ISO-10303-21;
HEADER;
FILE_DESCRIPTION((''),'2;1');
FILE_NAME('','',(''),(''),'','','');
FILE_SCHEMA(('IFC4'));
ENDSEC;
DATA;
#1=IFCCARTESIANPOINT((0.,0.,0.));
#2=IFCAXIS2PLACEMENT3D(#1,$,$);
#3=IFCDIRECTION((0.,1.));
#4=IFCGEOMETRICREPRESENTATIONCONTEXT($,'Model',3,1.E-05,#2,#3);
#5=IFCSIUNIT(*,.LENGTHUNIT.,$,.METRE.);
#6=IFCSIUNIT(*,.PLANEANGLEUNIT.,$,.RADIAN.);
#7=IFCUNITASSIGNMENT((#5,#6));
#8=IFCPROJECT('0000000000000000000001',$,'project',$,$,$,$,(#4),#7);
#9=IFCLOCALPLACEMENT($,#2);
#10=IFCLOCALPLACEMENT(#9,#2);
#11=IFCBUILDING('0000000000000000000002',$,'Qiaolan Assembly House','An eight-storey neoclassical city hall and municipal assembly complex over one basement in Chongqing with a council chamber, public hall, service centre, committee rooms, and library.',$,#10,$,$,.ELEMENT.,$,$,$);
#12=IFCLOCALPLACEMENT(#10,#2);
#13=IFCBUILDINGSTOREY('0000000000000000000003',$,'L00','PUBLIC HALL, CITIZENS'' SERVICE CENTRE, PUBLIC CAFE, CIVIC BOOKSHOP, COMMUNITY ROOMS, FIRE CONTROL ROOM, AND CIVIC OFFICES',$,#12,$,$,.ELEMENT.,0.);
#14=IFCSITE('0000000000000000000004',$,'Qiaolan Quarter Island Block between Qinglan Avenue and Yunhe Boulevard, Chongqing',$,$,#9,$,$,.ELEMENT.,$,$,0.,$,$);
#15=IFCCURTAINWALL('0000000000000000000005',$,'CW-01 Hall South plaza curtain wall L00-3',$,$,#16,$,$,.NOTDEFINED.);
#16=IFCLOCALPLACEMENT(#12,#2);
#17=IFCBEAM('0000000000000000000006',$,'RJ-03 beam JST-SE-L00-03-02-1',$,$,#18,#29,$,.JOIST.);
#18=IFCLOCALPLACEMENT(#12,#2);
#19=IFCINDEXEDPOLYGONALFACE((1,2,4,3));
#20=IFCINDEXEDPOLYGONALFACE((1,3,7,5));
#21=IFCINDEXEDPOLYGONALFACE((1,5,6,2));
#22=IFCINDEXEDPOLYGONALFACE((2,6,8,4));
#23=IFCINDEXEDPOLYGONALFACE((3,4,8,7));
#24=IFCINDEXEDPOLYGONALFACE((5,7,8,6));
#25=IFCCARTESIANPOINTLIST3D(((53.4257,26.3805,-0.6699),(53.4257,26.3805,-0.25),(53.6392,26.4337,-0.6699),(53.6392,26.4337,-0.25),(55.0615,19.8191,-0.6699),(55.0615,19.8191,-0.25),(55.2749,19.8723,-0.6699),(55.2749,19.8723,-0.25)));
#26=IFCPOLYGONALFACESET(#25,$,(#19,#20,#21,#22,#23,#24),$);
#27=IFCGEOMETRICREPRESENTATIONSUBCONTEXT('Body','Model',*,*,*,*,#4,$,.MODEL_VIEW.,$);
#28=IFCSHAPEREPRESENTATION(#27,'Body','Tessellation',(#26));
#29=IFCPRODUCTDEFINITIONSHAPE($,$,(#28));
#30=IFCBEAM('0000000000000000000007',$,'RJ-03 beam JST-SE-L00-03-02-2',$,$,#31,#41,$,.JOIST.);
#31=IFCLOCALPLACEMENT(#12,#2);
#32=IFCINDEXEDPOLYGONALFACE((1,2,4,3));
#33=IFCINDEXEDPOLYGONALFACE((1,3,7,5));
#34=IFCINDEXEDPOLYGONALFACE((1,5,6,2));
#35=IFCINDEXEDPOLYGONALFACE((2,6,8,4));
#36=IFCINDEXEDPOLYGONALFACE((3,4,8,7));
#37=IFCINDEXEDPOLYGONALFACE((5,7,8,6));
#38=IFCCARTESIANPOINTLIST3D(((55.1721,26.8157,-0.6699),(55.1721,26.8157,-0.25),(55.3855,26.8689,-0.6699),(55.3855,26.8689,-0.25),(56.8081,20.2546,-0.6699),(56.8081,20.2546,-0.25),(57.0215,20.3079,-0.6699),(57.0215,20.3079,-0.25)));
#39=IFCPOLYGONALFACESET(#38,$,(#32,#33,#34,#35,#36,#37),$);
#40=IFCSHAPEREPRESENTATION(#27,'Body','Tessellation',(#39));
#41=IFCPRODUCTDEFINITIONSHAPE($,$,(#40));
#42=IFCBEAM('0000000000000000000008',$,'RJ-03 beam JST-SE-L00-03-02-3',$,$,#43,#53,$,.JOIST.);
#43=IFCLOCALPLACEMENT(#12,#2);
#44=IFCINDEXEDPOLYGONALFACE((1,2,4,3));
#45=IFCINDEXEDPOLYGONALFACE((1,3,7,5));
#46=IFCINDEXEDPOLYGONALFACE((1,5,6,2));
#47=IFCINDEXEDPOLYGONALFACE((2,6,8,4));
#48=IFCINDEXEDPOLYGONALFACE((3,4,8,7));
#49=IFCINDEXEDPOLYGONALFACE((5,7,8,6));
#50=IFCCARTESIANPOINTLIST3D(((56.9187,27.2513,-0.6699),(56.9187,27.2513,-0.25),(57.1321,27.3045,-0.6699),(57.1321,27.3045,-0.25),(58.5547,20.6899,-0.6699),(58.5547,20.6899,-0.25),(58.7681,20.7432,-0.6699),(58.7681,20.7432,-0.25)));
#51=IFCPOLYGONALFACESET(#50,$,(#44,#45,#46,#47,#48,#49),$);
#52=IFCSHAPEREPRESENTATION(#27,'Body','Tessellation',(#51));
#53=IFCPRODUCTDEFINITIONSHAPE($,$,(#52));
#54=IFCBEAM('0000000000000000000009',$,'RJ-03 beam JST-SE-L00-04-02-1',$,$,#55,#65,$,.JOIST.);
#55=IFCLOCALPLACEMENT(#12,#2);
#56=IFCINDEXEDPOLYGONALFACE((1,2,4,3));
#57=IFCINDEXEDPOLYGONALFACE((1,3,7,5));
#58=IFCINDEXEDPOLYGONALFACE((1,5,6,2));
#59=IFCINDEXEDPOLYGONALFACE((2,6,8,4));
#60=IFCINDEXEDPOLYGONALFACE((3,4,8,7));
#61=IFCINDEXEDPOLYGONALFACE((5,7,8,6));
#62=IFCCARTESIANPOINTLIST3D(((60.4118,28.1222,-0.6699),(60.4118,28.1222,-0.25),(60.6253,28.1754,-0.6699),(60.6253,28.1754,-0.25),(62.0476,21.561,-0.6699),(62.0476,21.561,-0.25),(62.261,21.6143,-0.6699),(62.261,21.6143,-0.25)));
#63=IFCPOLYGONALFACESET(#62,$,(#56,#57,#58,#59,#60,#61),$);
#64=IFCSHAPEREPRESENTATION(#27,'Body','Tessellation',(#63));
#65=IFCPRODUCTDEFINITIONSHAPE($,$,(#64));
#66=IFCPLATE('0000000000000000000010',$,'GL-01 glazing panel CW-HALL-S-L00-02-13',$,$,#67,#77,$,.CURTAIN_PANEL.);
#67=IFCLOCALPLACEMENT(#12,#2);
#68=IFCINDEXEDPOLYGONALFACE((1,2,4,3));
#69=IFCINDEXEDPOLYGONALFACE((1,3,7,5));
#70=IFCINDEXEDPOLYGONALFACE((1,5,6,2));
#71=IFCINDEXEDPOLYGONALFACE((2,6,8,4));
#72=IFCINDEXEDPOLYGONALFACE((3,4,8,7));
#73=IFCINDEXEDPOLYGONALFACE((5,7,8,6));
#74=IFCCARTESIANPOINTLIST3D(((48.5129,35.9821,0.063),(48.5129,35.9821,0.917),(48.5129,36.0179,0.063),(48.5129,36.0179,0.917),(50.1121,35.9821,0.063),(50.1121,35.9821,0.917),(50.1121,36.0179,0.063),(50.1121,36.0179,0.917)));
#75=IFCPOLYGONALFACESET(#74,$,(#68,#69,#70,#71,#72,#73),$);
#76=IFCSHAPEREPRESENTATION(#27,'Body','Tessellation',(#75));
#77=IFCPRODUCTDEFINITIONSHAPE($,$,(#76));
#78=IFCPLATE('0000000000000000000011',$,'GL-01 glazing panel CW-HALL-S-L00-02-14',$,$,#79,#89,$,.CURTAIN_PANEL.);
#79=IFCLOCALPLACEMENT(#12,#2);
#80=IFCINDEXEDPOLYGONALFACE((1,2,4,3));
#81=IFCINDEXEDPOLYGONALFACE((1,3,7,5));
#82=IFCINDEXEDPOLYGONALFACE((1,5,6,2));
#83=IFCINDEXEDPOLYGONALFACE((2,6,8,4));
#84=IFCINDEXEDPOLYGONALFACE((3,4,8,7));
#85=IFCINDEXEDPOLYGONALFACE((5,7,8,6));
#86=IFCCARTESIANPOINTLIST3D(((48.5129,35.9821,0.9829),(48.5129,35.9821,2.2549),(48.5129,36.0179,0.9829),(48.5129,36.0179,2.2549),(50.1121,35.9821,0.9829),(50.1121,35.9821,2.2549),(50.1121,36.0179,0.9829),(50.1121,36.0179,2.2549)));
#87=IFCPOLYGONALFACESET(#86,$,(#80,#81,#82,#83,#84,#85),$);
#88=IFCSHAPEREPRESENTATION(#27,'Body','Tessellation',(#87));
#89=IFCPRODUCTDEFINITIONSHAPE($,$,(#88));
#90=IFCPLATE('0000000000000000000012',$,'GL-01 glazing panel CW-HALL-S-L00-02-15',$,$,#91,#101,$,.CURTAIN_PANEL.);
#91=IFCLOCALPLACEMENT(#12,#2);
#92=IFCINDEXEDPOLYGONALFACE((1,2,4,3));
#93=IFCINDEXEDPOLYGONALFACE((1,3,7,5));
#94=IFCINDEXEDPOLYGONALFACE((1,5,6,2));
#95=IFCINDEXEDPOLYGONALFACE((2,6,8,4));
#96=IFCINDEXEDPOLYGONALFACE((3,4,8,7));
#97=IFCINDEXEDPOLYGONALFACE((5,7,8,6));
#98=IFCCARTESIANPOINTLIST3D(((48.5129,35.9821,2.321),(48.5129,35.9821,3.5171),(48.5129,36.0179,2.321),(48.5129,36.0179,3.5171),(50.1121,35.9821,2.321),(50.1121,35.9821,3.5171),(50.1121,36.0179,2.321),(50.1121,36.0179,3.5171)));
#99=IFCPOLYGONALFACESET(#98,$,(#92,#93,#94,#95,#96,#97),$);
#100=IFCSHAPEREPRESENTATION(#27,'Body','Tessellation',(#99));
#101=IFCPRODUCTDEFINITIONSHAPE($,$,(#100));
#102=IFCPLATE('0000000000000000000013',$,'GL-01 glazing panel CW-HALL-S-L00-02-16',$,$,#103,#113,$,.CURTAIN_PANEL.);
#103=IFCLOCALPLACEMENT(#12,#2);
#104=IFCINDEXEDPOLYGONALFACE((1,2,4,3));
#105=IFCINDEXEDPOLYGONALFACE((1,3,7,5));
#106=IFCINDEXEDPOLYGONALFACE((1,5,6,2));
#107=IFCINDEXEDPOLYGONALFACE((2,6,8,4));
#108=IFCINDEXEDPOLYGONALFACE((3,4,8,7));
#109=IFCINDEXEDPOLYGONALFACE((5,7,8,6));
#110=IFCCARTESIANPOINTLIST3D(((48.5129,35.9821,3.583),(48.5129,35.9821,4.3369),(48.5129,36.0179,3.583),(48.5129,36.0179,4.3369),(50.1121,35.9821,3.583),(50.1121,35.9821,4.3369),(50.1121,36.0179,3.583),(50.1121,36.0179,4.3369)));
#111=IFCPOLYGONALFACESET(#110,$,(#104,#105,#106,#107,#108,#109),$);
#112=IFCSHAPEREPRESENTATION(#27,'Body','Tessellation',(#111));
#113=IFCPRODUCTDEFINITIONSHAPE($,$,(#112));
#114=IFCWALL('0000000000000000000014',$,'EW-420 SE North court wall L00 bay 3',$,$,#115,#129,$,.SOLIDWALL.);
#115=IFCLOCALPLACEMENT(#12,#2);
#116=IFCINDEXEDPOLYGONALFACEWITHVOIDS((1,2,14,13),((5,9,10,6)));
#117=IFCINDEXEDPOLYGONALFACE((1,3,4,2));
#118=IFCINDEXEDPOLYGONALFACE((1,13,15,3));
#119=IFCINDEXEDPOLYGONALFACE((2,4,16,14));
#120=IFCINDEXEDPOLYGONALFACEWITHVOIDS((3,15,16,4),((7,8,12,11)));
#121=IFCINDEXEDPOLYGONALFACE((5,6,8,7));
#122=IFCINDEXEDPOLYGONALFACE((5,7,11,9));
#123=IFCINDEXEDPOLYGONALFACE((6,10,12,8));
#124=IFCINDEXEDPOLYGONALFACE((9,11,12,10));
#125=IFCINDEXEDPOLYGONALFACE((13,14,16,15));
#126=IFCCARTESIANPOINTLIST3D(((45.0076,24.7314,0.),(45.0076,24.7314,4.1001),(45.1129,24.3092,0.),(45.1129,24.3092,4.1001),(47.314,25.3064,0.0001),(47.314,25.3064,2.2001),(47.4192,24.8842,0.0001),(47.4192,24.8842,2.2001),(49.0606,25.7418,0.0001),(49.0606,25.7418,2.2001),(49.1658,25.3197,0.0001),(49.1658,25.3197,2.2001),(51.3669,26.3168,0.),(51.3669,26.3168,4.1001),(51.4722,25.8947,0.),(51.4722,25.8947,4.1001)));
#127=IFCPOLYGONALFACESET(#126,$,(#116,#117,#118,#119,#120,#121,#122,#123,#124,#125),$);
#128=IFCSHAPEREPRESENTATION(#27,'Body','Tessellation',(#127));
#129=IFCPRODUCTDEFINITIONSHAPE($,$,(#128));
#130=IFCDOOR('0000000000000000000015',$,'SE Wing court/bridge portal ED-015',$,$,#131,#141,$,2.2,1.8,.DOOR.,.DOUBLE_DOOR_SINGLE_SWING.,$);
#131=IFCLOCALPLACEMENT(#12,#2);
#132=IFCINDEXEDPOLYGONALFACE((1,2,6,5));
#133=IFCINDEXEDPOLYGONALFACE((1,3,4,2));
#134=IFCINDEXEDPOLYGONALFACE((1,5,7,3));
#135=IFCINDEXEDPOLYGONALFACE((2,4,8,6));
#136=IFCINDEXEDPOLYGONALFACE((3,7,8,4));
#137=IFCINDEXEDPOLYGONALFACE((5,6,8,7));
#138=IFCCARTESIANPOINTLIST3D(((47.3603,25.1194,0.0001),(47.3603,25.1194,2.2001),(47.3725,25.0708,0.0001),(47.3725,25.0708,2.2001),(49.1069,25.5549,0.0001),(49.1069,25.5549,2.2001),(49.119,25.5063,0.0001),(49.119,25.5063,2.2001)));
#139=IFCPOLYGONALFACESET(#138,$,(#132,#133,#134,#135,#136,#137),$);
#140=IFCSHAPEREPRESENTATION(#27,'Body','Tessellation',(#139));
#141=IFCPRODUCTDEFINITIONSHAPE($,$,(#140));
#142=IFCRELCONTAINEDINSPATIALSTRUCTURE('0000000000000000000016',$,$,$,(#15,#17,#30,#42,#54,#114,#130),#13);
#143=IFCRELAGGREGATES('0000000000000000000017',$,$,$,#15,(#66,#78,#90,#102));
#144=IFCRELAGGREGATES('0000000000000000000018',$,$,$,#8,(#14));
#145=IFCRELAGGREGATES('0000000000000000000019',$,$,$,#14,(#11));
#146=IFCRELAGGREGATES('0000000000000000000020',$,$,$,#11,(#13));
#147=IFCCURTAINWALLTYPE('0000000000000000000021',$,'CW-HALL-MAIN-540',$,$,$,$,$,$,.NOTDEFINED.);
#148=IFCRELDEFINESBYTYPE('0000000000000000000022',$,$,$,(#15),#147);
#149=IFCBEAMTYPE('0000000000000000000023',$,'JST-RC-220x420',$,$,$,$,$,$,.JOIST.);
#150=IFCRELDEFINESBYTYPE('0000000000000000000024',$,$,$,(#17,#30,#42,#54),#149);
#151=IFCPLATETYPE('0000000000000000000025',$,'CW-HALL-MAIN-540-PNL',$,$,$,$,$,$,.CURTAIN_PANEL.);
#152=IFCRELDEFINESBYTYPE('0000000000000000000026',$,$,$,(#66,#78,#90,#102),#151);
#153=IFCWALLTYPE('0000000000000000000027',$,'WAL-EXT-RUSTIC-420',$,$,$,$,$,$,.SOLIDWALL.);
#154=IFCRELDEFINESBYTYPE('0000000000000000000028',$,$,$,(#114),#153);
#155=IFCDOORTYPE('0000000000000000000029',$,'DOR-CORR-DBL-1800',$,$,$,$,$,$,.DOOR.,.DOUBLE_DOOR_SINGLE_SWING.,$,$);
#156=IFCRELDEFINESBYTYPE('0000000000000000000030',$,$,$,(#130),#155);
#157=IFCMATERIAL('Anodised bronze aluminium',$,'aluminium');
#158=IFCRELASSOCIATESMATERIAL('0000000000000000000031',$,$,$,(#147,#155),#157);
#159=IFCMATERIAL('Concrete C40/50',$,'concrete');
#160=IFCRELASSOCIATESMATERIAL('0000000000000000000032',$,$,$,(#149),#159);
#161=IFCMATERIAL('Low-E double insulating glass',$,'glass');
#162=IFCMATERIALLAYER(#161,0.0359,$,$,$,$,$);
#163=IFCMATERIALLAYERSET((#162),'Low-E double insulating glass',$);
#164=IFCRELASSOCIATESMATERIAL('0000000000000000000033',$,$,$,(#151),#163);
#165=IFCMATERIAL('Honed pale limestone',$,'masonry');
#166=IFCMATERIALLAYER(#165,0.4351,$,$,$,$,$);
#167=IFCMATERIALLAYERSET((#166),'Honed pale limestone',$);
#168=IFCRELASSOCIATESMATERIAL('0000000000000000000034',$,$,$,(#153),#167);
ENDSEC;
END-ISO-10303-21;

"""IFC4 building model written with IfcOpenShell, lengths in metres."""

from ifc_helpers import new_model, si_unit, direction, frame, frame_2d, origin, origin_2d, place, context, subcontext, project, spatial, rectangle, extrude, material, layer, layer_set, material_profile, profile_set, type_object, element, fill, aggregate, save


model = new_model("IFC4")

# Units and contexts
model_context = context("Model", 3, precision=1e-05, world=origin(), true_north=direction((0.0, 1.0)))
body_context = subcontext(model_context, "Body", "Model", "MODEL_VIEW")
ifc_project = project(units=[si_unit("LENGTHUNIT", "METRE"), si_unit("PLANEANGLEUNIT", "RADIAN")], contexts=[model_context])

# Site, building, storey
site_placement = place(None, origin())
site = spatial("IfcSite", under=ifc_project, at=site_placement, Name="Qiaolan Quarter Island Block between Qinglan Avenue and Yunhe Boulevard, Chongqing", CompositionType="ELEMENT", RefElevation=0.0)
building_placement = place(site_placement, origin())
building = spatial("IfcBuilding", under=site, at=building_placement, Name="Qiaolan Assembly House", Description="An eight-storey neoclassical city hall and municipal assembly complex over one basement in Chongqing with a council chamber, public hall, service centre, committee rooms, and library.", CompositionType="ELEMENT")
storey_placement = place(building_placement, origin())
storey = spatial("IfcBuildingStorey", under=building, at=storey_placement, Name="L00", Description="PUBLIC HALL, CITIZENS' SERVICE CENTRE, PUBLIC CAFE, CIVIC BOOKSHOP, COMMUNITY ROOMS, FIRE CONTROL ROOM, AND CIVIC OFFICES", CompositionType="ELEMENT", Elevation=0.0)

# Shared definitions
ifc_material_1 = material(Name="Concrete C40/50", Category="concrete")

# Curtain wall
ifc_material_2 = material(Name="Anodised bronze aluminium", Category="aluminium")
curtain_wall_type = type_object("IfcCurtainWallType", Name="CW-HALL-MAIN-540", PredefinedType="NOTDEFINED", material=ifc_material_2)
curtain_wall_placement = place(storey_placement, origin())
curtain_wall = element("IfcCurtainWall", 1, at=curtain_wall_placement, inside=storey, type_object=curtain_wall_type, Name="CW-01 Hall South plaza curtain wall L00-3", PredefinedType="NOTDEFINED")

# Beams
ifc_material_profile_1 = material_profile(ifc_material_1, rectangle(XDim=0.22, YDim=0.4199, at=origin_2d()), Name="RCB 220x420")
ifc_profile_set_1 = profile_set([ifc_material_profile_1], Name="Concrete C40/50")
beam_type_1 = type_object("IfcBeamType", Name="JST-RC-220x420", PredefinedType="JOIST", material=ifc_profile_set_1)
beam_1_placement = place(storey_placement, frame((55.1682, 19.8457, -0.46), z_axis=(-0.241898, 0.970302, 0.0), x_axis=(-0.970302, -0.241898, 0.0)))
element("IfcBeam", 2, at=beam_1_placement, inside=storey, type_object=beam_type_1, Name="RJ-03 beam JST-SE-L00-03-02-1", PredefinedType="JOIST", context=body_context, shape_type="SweptSolid", body=[
    extrude(rectangle(XDim=0.22, YDim=0.4199, at=origin_2d()), origin(), (0.0, 0.0, 1.0), 6.7622),
])
beam_2_placement = place(storey_placement, frame((56.9148, 20.2812, -0.46), z_axis=(-0.241941, 0.970291, 0.0), x_axis=(-0.970291, -0.241941, 0.0)))
element("IfcBeam", 3, at=beam_2_placement, inside=storey, type_object=beam_type_1, Name="RJ-03 beam JST-SE-L00-03-02-2", PredefinedType="JOIST", context=body_context, shape_type="SweptSolid", body=[
    extrude(rectangle(XDim=0.22, YDim=0.4199, at=origin_2d()), origin(), (0.0, 0.0, 1.0), 6.762),
])
beam_3_placement = place(storey_placement, frame((58.6614, 20.7166, -0.46), z_axis=(-0.241932, 0.970293, 0.0), x_axis=(-0.970293, -0.241932, 0.0)))
element("IfcBeam", 4, at=beam_3_placement, inside=storey, type_object=beam_type_1, Name="RJ-03 beam JST-SE-L00-03-02-3", PredefinedType="JOIST", context=body_context, shape_type="SweptSolid", body=[
    extrude(rectangle(XDim=0.22, YDim=0.4199, at=origin_2d()), origin(), (0.0, 0.0, 1.0), 6.7622),
])
beam_4_placement = place(storey_placement, frame((62.1543, 21.5876, -0.46), z_axis=(-0.241907, 0.970299, 0.0), x_axis=(-0.970299, -0.241907, 0.0)))
element("IfcBeam", 5, at=beam_4_placement, inside=storey, type_object=beam_type_1, Name="RJ-03 beam JST-SE-L00-04-02-1", PredefinedType="JOIST", context=body_context, shape_type="SweptSolid", body=[
    extrude(rectangle(XDim=0.22, YDim=0.4199, at=origin_2d()), origin(), (0.0, 0.0, 1.0), 6.762),
])

# Plates
ifc_material_3 = material(Name="Low-E double insulating glass", Category="glass")
ifc_layer_1 = layer(ifc_material_3, 0.0359)
ifc_layer_set_1 = layer_set([ifc_layer_1], Name="Low-E double insulating glass")
plate_type = type_object("IfcPlateType", Name="CW-HALL-MAIN-540-PNL", PredefinedType="CURTAIN_PANEL", material=ifc_layer_set_1)
plate_1_placement = place(storey_placement, frame((48.5129, 36.0, 0.063), z_axis=(0.0, 0.0, 1.0), x_axis=(1.0, 0.0, 0.0)))
plate_1 = element("IfcPlate", 6, at=plate_1_placement, type_object=plate_type, Name="GL-01 glazing panel CW-HALL-S-L00-02-13", PredefinedType="CURTAIN_PANEL", context=body_context, shape_type="SweptSolid", body=[
    extrude(rectangle(XDim=1.5991, YDim=0.0359, at=frame_2d((0.7996, 0.0))), origin(), (0.0, 0.0, 1.0), 0.854),
])
plate_2_placement = place(storey_placement, frame((48.5129, 36.0, 0.9829), z_axis=(0.0, 0.0, 1.0), x_axis=(1.0, 0.0, 0.0)))
plate_2 = element("IfcPlate", 7, at=plate_2_placement, type_object=plate_type, Name="GL-01 glazing panel CW-HALL-S-L00-02-14", PredefinedType="CURTAIN_PANEL", context=body_context, shape_type="SweptSolid", body=[
    extrude(rectangle(XDim=1.5991, YDim=0.0359, at=frame_2d((0.7996, 0.0))), origin(), (0.0, 0.0, 1.0), 1.272),
])
plate_3_placement = place(storey_placement, frame((48.5129, 36.0, 2.321), z_axis=(0.0, 0.0, 1.0), x_axis=(1.0, 0.0, 0.0)))
plate_3 = element("IfcPlate", 8, at=plate_3_placement, type_object=plate_type, Name="GL-01 glazing panel CW-HALL-S-L00-02-15", PredefinedType="CURTAIN_PANEL", context=body_context, shape_type="SweptSolid", body=[
    extrude(rectangle(XDim=1.5991, YDim=0.0359, at=frame_2d((0.7996, 0.0))), origin(), (0.0, 0.0, 1.0), 1.196),
])
plate_4_placement = place(storey_placement, frame((48.5129, 36.0, 3.583), z_axis=(0.0, 0.0, 1.0), x_axis=(1.0, 0.0, 0.0)))
plate_4 = element("IfcPlate", 9, at=plate_4_placement, type_object=plate_type, Name="GL-01 glazing panel CW-HALL-S-L00-02-16", PredefinedType="CURTAIN_PANEL", context=body_context, shape_type="SweptSolid", body=[
    extrude(rectangle(XDim=1.5991, YDim=0.0359, at=frame_2d((0.7996, 0.0))), origin(), (0.0, 0.0, 1.0), 0.7539),
])
aggregate(curtain_wall, [plate_1, plate_2, plate_3, plate_4])

# Wall, opening, door
ifc_material_4 = material(Name="Honed pale limestone", Category="masonry")
ifc_layer_2 = layer(ifc_material_4, 0.4351)
ifc_layer_set_2 = layer_set([ifc_layer_2], Name="Honed pale limestone")
wall_type_1 = type_object("IfcWallType", Name="WAL-EXT-RUSTIC-420", PredefinedType="SOLIDWALL", material=ifc_layer_set_2)
wall_1_placement = place(storey_placement, frame((51.4194, 26.1057, 0.0), z_axis=(0.0, 0.0, 1.0), x_axis=(-0.9703, -0.241905, 0.0)))
wall_1 = element("IfcWall", 10, at=wall_1_placement, inside=storey, type_object=wall_type_1, Name="EW-420 SE North court wall L00 bay 3", PredefinedType="SOLIDWALL", context=body_context, shape_type="SweptSolid", body=[
    extrude(rectangle(XDim=6.554, YDim=0.4351, at=frame_2d((3.2769, 0.0))), origin(), (0.0, 0.0, 1.0), 4.1001),
])
opening_1_placement = place(wall_1_placement, frame((2.377, 0.0, 0.0)))
opening_1 = element("IfcOpeningElement", 11, at=opening_1_placement, cuts=wall_1, PredefinedType="OPENING", context=body_context, shape_type="SweptSolid", body=[
    extrude(rectangle(XDim=1.8, YDim=2.2, at=frame_2d((0.8999, 1.1001))), frame((0.0, 0.2275, 0.0), z_axis=(0.0, -1.0, 0.0), x_axis=(1.0, 0.0, 0.0)), (0.0, 0.0, 1.0), 0.4551),
])
door_type_1 = type_object("IfcDoorType", Name="DOR-CORR-DBL-1800", OperationType="DOUBLE_DOOR_SINGLE_SWING", PredefinedType="DOOR", material=ifc_material_2)
door_1_placement = place(opening_1_placement, frame((1.8, 0.0, 0.0), z_axis=(0.0, 0.0, 1.0), x_axis=(-1.0, 0.0, 0.0)))
door_1 = element("IfcDoor", 12, at=door_1_placement, inside=storey, type_object=door_type_1, Name="SE Wing court/bridge portal ED-015", OperationType="DOUBLE_DOOR_SINGLE_SWING", OverallHeight=2.2, OverallWidth=1.8, PredefinedType="DOOR", context=body_context, shape_type="SweptSolid", body=[
    extrude(rectangle(XDim=1.8, YDim=2.2, at=frame_2d((0.8999, 1.1001))), frame((0.0, 0.0249, 0.0), z_axis=(0.0, -1.0, 0.0), x_axis=(1.0, 0.0, 0.0)), (0.0, 0.0, 1.0), 0.05),
])
fill(opening_1, door_1)

save(model, "model.ifc")
